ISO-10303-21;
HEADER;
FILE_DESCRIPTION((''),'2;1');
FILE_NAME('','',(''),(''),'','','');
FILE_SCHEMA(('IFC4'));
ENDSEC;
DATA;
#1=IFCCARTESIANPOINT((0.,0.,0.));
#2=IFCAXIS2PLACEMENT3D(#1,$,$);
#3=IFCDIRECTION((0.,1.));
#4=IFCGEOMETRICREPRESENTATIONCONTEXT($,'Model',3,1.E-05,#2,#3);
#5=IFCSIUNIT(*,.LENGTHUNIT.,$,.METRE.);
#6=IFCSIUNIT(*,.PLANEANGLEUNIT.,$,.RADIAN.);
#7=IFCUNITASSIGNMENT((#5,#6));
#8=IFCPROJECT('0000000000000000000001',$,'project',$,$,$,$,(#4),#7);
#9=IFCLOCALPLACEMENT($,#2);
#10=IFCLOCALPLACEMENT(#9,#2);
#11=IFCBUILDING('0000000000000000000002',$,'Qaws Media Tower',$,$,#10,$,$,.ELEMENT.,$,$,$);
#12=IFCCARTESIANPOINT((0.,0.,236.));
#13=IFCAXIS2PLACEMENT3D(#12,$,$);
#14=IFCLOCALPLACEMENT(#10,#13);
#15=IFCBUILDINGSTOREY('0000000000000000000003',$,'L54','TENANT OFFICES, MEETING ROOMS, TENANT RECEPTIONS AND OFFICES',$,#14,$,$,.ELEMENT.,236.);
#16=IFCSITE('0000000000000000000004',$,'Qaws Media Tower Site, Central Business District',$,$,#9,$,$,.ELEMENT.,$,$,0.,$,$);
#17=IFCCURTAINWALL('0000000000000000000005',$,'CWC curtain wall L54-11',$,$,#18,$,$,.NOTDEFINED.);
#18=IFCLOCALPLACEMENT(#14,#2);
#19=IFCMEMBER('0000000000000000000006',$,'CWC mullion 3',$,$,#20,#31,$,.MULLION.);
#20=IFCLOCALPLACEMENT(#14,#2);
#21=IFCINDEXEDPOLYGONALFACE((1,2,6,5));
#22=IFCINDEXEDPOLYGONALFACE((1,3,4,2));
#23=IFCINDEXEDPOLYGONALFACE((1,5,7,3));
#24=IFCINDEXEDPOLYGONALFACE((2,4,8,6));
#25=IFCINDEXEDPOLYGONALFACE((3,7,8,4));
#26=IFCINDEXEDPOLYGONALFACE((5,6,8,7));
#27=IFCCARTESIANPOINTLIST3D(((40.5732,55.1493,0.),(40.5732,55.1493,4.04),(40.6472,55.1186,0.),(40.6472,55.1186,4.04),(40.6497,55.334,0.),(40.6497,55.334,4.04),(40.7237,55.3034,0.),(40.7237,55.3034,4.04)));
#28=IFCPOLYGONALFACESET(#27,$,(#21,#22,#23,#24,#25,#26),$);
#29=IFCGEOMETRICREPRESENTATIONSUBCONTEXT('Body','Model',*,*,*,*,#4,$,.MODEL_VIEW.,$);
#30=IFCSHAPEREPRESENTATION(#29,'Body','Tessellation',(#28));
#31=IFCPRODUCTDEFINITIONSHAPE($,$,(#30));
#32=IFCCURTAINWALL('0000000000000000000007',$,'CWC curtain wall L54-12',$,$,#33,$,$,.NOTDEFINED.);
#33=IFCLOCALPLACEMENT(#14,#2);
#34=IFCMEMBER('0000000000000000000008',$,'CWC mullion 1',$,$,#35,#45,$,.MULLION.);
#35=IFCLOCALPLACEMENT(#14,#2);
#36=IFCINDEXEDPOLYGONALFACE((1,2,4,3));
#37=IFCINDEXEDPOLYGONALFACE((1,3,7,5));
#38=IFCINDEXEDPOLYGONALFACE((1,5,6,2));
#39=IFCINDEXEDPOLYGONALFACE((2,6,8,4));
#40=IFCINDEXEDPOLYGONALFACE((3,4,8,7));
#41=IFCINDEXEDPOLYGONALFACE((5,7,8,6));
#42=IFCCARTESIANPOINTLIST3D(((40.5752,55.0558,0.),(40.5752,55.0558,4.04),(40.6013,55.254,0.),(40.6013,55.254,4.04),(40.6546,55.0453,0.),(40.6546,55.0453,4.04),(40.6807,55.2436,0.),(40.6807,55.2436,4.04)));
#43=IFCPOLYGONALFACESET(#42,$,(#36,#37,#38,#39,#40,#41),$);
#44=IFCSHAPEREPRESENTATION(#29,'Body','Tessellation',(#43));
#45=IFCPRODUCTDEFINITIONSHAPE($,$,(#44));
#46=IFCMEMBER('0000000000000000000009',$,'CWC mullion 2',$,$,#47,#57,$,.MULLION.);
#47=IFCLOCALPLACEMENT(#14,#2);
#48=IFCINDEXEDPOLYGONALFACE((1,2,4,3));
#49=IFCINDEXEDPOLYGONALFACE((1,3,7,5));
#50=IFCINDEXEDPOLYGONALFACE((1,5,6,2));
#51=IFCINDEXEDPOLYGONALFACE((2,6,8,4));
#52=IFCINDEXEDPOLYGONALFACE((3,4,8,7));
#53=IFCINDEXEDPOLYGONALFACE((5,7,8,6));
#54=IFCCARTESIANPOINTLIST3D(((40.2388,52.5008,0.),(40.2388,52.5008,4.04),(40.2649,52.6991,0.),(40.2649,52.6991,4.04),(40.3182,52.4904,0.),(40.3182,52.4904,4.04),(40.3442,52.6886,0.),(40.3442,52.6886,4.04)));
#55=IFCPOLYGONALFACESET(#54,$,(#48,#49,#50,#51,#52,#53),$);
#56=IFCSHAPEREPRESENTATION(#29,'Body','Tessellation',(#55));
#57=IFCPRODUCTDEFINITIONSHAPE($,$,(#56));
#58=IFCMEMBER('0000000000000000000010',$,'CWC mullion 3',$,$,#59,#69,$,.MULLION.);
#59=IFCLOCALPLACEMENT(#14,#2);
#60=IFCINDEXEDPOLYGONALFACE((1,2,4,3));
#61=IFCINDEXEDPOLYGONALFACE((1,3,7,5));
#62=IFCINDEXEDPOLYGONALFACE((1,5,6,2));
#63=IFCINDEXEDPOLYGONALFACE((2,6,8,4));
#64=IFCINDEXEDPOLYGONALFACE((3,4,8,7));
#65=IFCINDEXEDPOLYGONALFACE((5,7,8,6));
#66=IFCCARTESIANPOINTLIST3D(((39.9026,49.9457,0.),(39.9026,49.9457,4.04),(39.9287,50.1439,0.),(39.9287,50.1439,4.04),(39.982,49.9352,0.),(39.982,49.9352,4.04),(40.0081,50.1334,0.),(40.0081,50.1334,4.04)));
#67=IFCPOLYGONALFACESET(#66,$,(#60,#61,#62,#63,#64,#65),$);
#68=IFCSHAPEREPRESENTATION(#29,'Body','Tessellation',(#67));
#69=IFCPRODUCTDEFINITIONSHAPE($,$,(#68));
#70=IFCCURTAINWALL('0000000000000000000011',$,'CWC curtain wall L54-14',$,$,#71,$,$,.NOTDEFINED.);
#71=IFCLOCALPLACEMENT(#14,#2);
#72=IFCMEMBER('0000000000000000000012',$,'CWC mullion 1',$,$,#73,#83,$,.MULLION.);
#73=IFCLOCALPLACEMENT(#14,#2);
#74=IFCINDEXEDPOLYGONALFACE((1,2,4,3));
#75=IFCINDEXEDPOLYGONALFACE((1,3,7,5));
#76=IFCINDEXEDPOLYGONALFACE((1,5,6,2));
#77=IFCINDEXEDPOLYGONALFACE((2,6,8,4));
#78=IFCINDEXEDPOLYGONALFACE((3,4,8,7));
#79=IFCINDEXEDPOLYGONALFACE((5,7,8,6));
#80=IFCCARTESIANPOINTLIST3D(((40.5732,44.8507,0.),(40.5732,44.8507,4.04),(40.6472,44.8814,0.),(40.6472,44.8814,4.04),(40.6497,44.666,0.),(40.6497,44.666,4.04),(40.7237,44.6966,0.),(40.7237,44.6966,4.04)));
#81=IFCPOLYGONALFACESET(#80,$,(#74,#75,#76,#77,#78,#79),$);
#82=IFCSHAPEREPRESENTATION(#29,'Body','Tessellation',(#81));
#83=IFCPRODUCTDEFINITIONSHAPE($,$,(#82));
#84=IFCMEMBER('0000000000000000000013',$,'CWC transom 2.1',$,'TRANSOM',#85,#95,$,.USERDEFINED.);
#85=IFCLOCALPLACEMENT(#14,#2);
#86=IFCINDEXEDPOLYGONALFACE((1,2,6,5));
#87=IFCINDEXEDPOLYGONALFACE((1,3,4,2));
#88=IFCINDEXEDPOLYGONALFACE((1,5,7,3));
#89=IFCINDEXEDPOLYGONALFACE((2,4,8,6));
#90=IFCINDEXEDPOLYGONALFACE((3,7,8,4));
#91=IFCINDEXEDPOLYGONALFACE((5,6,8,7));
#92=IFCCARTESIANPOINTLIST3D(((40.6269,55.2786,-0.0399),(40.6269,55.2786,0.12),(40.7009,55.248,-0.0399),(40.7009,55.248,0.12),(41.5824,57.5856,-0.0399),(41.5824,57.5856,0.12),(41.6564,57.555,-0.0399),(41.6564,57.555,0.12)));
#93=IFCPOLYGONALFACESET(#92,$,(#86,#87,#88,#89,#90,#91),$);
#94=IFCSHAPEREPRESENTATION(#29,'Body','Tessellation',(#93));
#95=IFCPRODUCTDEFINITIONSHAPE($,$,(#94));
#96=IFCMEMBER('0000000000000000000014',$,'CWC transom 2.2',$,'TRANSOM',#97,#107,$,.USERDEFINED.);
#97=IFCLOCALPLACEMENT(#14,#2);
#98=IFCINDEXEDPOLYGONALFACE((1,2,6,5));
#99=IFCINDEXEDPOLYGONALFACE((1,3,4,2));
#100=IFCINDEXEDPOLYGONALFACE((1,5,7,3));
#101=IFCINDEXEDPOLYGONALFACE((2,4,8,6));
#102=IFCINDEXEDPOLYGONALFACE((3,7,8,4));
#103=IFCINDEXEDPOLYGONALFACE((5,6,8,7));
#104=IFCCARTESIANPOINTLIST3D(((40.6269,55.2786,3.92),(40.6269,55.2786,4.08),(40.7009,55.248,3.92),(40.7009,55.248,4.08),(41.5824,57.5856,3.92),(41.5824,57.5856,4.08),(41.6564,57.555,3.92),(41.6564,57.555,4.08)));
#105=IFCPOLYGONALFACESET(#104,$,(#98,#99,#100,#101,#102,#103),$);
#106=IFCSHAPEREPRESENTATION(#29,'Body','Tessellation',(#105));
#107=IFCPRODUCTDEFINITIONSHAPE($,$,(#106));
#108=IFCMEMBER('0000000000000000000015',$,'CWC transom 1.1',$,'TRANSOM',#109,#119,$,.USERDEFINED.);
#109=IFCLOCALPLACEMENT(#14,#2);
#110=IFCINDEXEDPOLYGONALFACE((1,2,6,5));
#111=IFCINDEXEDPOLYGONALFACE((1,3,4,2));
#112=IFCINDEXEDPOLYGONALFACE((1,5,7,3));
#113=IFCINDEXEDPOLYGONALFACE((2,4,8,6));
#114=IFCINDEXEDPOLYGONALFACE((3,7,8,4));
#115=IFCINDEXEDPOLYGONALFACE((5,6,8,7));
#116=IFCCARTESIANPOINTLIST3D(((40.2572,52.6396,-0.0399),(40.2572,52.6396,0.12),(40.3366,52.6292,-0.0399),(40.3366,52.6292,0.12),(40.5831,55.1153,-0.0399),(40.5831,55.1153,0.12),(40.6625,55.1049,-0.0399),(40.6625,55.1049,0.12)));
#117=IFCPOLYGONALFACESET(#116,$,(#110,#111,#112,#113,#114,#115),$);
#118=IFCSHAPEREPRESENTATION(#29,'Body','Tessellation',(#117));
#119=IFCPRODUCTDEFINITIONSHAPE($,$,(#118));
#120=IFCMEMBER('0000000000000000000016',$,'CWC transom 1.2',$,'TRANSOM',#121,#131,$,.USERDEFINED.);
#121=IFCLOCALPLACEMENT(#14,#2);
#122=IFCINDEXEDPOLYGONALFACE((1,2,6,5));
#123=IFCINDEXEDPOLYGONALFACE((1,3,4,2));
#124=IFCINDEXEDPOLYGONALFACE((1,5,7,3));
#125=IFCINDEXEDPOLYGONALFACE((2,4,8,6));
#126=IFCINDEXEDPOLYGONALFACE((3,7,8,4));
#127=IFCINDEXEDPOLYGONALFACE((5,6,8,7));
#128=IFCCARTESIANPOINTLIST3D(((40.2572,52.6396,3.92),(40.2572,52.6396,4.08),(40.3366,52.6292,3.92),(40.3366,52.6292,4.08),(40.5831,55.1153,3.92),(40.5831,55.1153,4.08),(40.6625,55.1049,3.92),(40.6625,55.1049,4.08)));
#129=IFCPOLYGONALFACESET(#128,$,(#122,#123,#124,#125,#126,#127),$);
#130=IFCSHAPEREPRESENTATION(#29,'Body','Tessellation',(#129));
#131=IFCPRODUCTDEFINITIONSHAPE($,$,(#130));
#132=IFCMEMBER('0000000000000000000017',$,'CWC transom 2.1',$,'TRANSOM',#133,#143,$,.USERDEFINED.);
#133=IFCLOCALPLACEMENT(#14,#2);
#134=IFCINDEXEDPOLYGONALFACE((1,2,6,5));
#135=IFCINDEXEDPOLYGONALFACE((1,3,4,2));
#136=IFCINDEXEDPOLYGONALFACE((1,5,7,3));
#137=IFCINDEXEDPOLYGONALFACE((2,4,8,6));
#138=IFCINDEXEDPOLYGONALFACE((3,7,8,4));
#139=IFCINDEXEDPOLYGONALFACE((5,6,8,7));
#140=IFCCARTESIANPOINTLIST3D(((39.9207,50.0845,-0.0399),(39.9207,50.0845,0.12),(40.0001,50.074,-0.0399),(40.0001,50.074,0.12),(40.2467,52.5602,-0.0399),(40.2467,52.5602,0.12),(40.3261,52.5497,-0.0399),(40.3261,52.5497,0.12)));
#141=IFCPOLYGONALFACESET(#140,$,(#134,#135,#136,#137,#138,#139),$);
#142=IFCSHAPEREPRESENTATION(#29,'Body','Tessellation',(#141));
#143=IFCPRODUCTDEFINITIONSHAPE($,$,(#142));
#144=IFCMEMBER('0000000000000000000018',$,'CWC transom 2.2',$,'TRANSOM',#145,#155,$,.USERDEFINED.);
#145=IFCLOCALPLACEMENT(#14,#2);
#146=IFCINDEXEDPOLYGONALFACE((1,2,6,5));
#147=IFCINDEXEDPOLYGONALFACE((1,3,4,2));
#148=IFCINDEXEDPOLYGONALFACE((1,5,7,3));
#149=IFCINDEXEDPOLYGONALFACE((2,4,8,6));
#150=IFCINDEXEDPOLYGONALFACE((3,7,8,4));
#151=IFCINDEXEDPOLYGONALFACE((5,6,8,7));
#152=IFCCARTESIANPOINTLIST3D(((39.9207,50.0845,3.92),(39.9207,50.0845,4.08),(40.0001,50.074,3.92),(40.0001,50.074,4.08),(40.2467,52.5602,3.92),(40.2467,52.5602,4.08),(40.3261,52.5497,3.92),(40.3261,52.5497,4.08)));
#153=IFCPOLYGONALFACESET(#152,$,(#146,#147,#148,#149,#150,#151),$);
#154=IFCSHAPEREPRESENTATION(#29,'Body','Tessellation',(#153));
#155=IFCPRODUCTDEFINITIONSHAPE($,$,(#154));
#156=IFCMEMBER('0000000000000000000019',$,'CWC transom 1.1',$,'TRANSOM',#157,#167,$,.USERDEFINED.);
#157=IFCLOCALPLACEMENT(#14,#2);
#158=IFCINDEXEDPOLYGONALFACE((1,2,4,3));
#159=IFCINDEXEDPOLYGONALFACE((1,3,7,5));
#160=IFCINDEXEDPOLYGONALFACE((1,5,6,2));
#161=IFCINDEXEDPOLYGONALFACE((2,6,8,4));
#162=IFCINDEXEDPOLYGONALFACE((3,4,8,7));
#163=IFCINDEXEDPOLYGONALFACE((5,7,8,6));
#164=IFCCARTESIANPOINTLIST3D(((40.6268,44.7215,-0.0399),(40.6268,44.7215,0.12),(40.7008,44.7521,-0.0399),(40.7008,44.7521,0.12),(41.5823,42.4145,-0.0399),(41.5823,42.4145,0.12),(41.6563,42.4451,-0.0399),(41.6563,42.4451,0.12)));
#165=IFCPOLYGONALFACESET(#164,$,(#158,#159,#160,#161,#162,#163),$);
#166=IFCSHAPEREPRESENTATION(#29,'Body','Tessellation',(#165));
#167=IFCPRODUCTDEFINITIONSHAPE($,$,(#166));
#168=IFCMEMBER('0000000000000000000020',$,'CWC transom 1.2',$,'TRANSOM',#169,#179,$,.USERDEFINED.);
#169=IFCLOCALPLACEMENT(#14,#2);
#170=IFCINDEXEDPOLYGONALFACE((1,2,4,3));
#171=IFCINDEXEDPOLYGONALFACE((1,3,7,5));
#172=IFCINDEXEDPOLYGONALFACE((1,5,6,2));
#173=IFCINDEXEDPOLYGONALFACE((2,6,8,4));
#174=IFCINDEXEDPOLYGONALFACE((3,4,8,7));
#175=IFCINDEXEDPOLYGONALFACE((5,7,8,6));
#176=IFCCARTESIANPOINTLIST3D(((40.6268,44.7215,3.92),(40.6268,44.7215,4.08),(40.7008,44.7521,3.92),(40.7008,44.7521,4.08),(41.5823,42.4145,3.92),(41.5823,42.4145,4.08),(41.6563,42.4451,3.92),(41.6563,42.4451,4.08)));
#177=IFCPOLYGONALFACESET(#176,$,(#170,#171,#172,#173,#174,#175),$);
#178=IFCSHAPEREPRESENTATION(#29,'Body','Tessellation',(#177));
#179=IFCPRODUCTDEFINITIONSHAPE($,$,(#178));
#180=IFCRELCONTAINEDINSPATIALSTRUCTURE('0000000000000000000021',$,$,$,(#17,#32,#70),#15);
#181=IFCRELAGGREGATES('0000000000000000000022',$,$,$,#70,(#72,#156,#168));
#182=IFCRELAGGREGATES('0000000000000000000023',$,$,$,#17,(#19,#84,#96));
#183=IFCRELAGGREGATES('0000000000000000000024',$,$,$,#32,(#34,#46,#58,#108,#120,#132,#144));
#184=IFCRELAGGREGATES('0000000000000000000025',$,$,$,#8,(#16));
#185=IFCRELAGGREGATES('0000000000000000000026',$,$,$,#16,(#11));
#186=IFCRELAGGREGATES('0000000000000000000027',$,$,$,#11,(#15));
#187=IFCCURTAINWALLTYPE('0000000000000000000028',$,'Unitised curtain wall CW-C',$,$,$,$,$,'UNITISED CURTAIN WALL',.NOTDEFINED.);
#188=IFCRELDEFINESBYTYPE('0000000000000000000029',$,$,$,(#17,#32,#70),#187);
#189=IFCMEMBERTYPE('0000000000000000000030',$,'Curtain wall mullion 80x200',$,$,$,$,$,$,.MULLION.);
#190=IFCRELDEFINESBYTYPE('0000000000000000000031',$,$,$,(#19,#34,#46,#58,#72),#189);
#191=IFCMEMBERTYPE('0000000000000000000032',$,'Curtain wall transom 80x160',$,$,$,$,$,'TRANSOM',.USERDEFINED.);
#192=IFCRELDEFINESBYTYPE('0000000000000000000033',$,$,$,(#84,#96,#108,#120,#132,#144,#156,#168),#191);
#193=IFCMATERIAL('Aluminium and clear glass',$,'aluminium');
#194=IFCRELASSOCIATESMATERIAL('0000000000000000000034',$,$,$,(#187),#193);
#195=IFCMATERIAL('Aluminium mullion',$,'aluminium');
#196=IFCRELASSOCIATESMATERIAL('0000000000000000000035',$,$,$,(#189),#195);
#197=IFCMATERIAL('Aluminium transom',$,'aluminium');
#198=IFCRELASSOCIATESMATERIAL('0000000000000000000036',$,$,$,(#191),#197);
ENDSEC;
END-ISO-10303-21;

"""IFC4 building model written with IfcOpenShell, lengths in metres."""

from ifc_helpers import new_model, si_unit, direction, frame, origin, origin_2d, place, context, subcontext, project, spatial, rectangle, extrude, material, material_profile, profile_set, type_object, element, aggregate, save


model = new_model("IFC4")

# Units and contexts
model_context = context("Model", 3, precision=1e-05, world=origin(), true_north=direction((0.0, 1.0)))
body_context = subcontext(model_context, "Body", "Model", "MODEL_VIEW")
ifc_project = project(units=[si_unit("LENGTHUNIT", "METRE"), si_unit("PLANEANGLEUNIT", "RADIAN")], contexts=[model_context])

# Site, building, storey
site_placement = place(None, origin())
site = spatial("IfcSite", under=ifc_project, at=site_placement, Name="Qaws Media Tower Site, Central Business District", CompositionType="ELEMENT", RefElevation=0.0)
building_placement = place(site_placement, origin())
building = spatial("IfcBuilding", under=site, at=building_placement, Name="Qaws Media Tower", CompositionType="ELEMENT")
storey_placement = place(building_placement, frame((0.0, 0.0, 236.0)))
storey = spatial("IfcBuildingStorey", under=building, at=storey_placement, Name="L54", Description="TENANT OFFICES, MEETING ROOMS, TENANT RECEPTIONS AND OFFICES", CompositionType="ELEMENT", Elevation=236.0)

# Curtain wall, member
ifc_material_1 = material(Name="Aluminium and clear glass", Category="aluminium")
curtain_wall_type = type_object("IfcCurtainWallType", Name="Unitised curtain wall CW-C", ElementType="UNITISED CURTAIN WALL", PredefinedType="NOTDEFINED", material=ifc_material_1)
curtain_wall_1_placement = place(storey_placement, origin())
curtain_wall_1 = element("IfcCurtainWall", 1, at=curtain_wall_1_placement, inside=storey, type_object=curtain_wall_type, Name="CWC curtain wall L54-11", PredefinedType="NOTDEFINED")
ifc_material_2 = material(Name="Aluminium mullion", Category="aluminium")
ifc_material_profile_1 = material_profile(ifc_material_2, rectangle(XDim=0.0801, YDim=0.2, at=origin_2d()), Name="80x200")
ifc_profile_set_1 = profile_set([ifc_material_profile_1], Name="Aluminium mullion")
member_type_1 = type_object("IfcMemberType", Name="Curtain wall mullion 80x200", PredefinedType="MULLION", material=ifc_profile_set_1)
member_1_placement = place(storey_placement, frame((40.6484, 55.2263, 0.0), z_axis=(0.0, 0.0, 1.0), x_axis=(0.923879, -0.382684, 0.0)))
member_1 = element("IfcMember", 2, at=member_1_placement, type_object=member_type_1, Name="CWC mullion 3", PredefinedType="MULLION", context=body_context, shape_type="SweptSolid", body=[
    extrude(rectangle(XDim=0.0801, YDim=0.2, at=origin_2d()), origin(), (0.0, 0.0, 1.0), 4.04),
])

# Curtain wall, members
curtain_wall_2_placement = place(storey_placement, origin())
curtain_wall_2 = element("IfcCurtainWall", 3, at=curtain_wall_2_placement, inside=storey, type_object=curtain_wall_type, Name="CWC curtain wall L54-12", PredefinedType="NOTDEFINED")
member_2_placement = place(storey_placement, frame((40.6279, 55.1497, 0.0), z_axis=(0.0, 0.0, 1.0), x_axis=(0.991445, -0.130526, 0.0)))
member_2 = element("IfcMember", 4, at=member_2_placement, type_object=member_type_1, Name="CWC mullion 1", PredefinedType="MULLION", context=body_context, shape_type="SweptSolid", body=[
    extrude(rectangle(XDim=0.0801, YDim=0.2, at=origin_2d()), origin(), (0.0, 0.0, 1.0), 4.04),
])
member_3_placement = place(storey_placement, frame((40.2915, 52.5947, 0.0), z_axis=(0.0, 0.0, 1.0), x_axis=(0.991445, -0.130526, 0.0)))
member_3 = element("IfcMember", 5, at=member_3_placement, type_object=member_type_1, Name="CWC mullion 2", PredefinedType="MULLION", context=body_context, shape_type="SweptSolid", body=[
    extrude(rectangle(XDim=0.0801, YDim=0.2, at=origin_2d()), origin(), (0.0, 0.0, 1.0), 4.04),
])
member_4_placement = place(storey_placement, frame((39.9553, 50.0396, 0.0), z_axis=(0.0, 0.0, 1.0), x_axis=(0.991445, -0.130526, 0.0)))
member_4 = element("IfcMember", 6, at=member_4_placement, type_object=member_type_1, Name="CWC mullion 3", PredefinedType="MULLION", context=body_context, shape_type="SweptSolid", body=[
    extrude(rectangle(XDim=0.0801, YDim=0.2, at=origin_2d()), origin(), (0.0, 0.0, 1.0), 4.04),
])

# Curtain wall, member
curtain_wall_3_placement = place(storey_placement, origin())
curtain_wall_3 = element("IfcCurtainWall", 7, at=curtain_wall_3_placement, inside=storey, type_object=curtain_wall_type, Name="CWC curtain wall L54-14", PredefinedType="NOTDEFINED")
member_5_placement = place(storey_placement, frame((40.6484, 44.7737, 0.0), z_axis=(0.0, 0.0, 1.0), x_axis=(0.923879, 0.382684, 0.0)))
member_5 = element("IfcMember", 8, at=member_5_placement, type_object=member_type_1, Name="CWC mullion 1", PredefinedType="MULLION", context=body_context, shape_type="SweptSolid", body=[
    extrude(rectangle(XDim=0.0801, YDim=0.2, at=origin_2d()), origin(), (0.0, 0.0, 1.0), 4.04),
])

# Members
ifc_material_3 = material(Name="Aluminium transom", Category="aluminium")
ifc_material_profile_2 = material_profile(ifc_material_3, rectangle(XDim=0.0801, YDim=0.1599, at=origin_2d()), Name="80x160")
ifc_profile_set_2 = profile_set([ifc_material_profile_2], Name="Aluminium transom")
member_type_2 = type_object("IfcMemberType", Name="Curtain wall transom 80x160", ElementType="TRANSOM", PredefinedType="USERDEFINED", material=ifc_profile_set_2)
member_6_placement = place(storey_placement, frame((41.6194, 57.5703, 0.04), z_axis=(-0.382657, -0.923891, 0.0), x_axis=(0.923891, -0.382657, 0.0)))
member_6 = element("IfcMember", 9, at=member_6_placement, type_object=member_type_2, Name="CWC transom 2.1", ObjectType="TRANSOM", PredefinedType="USERDEFINED", context=body_context, shape_type="SweptSolid", body=[
    extrude(rectangle(XDim=0.0801, YDim=0.1599, at=origin_2d()), origin(), (0.0, 0.0, 1.0), 2.4971),
])
member_7_placement = place(storey_placement, frame((41.6194, 57.5703, 4.0), z_axis=(-0.382657, -0.923891, 0.0), x_axis=(0.923891, -0.382657, 0.0)))
member_7 = element("IfcMember", 10, at=member_7_placement, type_object=member_type_2, Name="CWC transom 2.2", ObjectType="TRANSOM", PredefinedType="USERDEFINED", context=body_context, shape_type="SweptSolid", body=[
    extrude(rectangle(XDim=0.0801, YDim=0.1599, at=origin_2d()), origin(), (0.0, 0.0, 1.0), 2.4971),
])
member_8_placement = place(storey_placement, frame((40.6228, 55.1101, 0.04), z_axis=(-0.130518, -0.991446, 0.0), x_axis=(0.991446, -0.130518, 0.0)))
member_8 = element("IfcMember", 11, at=member_8_placement, type_object=member_type_2, Name="CWC transom 1.1", ObjectType="TRANSOM", PredefinedType="USERDEFINED", context=body_context, shape_type="SweptSolid", body=[
    extrude(rectangle(XDim=0.0801, YDim=0.1599, at=origin_2d()), origin(), (0.0, 0.0, 1.0), 2.4971),
])
member_9_placement = place(storey_placement, frame((40.6228, 55.1101, 4.0), z_axis=(-0.130518, -0.991446, 0.0), x_axis=(0.991446, -0.130518, 0.0)))
member_9 = element("IfcMember", 12, at=member_9_placement, type_object=member_type_2, Name="CWC transom 1.2", ObjectType="TRANSOM", PredefinedType="USERDEFINED", context=body_context, shape_type="SweptSolid", body=[
    extrude(rectangle(XDim=0.0801, YDim=0.1599, at=origin_2d()), origin(), (0.0, 0.0, 1.0), 2.4971),
])
member_10_placement = place(storey_placement, frame((40.2864, 52.5549, 0.04), z_axis=(-0.13053, -0.991444, 0.0), x_axis=(0.991444, -0.13053, 0.0)))
member_10 = element("IfcMember", 13, at=member_10_placement, type_object=member_type_2, Name="CWC transom 2.1", ObjectType="TRANSOM", PredefinedType="USERDEFINED", context=body_context, shape_type="SweptSolid", body=[
    extrude(rectangle(XDim=0.0801, YDim=0.1599, at=origin_2d()), origin(), (0.0, 0.0, 1.0), 2.4971),
])
member_11_placement = place(storey_placement, frame((40.2864, 52.5549, 4.0), z_axis=(-0.13053, -0.991444, 0.0), x_axis=(0.991444, -0.13053, 0.0)))
member_11 = element("IfcMember", 14, at=member_11_placement, type_object=member_type_2, Name="CWC transom 2.2", ObjectType="TRANSOM", PredefinedType="USERDEFINED", context=body_context, shape_type="SweptSolid", body=[
    extrude(rectangle(XDim=0.0801, YDim=0.1599, at=origin_2d()), origin(), (0.0, 0.0, 1.0), 2.4971),
])
member_12_placement = place(storey_placement, frame((40.6638, 44.7368, 0.04), z_axis=(0.382657, -0.923891, 0.0), x_axis=(0.923891, 0.382657, 0.0)))
member_12 = element("IfcMember", 15, at=member_12_placement, type_object=member_type_2, Name="CWC transom 1.1", ObjectType="TRANSOM", PredefinedType="USERDEFINED", context=body_context, shape_type="SweptSolid", body=[
    extrude(rectangle(XDim=0.0801, YDim=0.1599, at=origin_2d()), origin(), (0.0, 0.0, 1.0), 2.4971),
])
member_13_placement = place(storey_placement, frame((40.6638, 44.7368, 4.0), z_axis=(0.382657, -0.923891, 0.0), x_axis=(0.923891, 0.382657, 0.0)))
member_13 = element("IfcMember", 16, at=member_13_placement, type_object=member_type_2, Name="CWC transom 1.2", ObjectType="TRANSOM", PredefinedType="USERDEFINED", context=body_context, shape_type="SweptSolid", body=[
    extrude(rectangle(XDim=0.0801, YDim=0.1599, at=origin_2d()), origin(), (0.0, 0.0, 1.0), 2.4971),
])
aggregate(curtain_wall_3, [member_5, member_12, member_13])

aggregate(curtain_wall_1, [member_1, member_6, member_7])
aggregate(curtain_wall_2, [member_2, member_3, member_4, member_8, member_9, member_10, member_11])

save(model, "model.ifc")
